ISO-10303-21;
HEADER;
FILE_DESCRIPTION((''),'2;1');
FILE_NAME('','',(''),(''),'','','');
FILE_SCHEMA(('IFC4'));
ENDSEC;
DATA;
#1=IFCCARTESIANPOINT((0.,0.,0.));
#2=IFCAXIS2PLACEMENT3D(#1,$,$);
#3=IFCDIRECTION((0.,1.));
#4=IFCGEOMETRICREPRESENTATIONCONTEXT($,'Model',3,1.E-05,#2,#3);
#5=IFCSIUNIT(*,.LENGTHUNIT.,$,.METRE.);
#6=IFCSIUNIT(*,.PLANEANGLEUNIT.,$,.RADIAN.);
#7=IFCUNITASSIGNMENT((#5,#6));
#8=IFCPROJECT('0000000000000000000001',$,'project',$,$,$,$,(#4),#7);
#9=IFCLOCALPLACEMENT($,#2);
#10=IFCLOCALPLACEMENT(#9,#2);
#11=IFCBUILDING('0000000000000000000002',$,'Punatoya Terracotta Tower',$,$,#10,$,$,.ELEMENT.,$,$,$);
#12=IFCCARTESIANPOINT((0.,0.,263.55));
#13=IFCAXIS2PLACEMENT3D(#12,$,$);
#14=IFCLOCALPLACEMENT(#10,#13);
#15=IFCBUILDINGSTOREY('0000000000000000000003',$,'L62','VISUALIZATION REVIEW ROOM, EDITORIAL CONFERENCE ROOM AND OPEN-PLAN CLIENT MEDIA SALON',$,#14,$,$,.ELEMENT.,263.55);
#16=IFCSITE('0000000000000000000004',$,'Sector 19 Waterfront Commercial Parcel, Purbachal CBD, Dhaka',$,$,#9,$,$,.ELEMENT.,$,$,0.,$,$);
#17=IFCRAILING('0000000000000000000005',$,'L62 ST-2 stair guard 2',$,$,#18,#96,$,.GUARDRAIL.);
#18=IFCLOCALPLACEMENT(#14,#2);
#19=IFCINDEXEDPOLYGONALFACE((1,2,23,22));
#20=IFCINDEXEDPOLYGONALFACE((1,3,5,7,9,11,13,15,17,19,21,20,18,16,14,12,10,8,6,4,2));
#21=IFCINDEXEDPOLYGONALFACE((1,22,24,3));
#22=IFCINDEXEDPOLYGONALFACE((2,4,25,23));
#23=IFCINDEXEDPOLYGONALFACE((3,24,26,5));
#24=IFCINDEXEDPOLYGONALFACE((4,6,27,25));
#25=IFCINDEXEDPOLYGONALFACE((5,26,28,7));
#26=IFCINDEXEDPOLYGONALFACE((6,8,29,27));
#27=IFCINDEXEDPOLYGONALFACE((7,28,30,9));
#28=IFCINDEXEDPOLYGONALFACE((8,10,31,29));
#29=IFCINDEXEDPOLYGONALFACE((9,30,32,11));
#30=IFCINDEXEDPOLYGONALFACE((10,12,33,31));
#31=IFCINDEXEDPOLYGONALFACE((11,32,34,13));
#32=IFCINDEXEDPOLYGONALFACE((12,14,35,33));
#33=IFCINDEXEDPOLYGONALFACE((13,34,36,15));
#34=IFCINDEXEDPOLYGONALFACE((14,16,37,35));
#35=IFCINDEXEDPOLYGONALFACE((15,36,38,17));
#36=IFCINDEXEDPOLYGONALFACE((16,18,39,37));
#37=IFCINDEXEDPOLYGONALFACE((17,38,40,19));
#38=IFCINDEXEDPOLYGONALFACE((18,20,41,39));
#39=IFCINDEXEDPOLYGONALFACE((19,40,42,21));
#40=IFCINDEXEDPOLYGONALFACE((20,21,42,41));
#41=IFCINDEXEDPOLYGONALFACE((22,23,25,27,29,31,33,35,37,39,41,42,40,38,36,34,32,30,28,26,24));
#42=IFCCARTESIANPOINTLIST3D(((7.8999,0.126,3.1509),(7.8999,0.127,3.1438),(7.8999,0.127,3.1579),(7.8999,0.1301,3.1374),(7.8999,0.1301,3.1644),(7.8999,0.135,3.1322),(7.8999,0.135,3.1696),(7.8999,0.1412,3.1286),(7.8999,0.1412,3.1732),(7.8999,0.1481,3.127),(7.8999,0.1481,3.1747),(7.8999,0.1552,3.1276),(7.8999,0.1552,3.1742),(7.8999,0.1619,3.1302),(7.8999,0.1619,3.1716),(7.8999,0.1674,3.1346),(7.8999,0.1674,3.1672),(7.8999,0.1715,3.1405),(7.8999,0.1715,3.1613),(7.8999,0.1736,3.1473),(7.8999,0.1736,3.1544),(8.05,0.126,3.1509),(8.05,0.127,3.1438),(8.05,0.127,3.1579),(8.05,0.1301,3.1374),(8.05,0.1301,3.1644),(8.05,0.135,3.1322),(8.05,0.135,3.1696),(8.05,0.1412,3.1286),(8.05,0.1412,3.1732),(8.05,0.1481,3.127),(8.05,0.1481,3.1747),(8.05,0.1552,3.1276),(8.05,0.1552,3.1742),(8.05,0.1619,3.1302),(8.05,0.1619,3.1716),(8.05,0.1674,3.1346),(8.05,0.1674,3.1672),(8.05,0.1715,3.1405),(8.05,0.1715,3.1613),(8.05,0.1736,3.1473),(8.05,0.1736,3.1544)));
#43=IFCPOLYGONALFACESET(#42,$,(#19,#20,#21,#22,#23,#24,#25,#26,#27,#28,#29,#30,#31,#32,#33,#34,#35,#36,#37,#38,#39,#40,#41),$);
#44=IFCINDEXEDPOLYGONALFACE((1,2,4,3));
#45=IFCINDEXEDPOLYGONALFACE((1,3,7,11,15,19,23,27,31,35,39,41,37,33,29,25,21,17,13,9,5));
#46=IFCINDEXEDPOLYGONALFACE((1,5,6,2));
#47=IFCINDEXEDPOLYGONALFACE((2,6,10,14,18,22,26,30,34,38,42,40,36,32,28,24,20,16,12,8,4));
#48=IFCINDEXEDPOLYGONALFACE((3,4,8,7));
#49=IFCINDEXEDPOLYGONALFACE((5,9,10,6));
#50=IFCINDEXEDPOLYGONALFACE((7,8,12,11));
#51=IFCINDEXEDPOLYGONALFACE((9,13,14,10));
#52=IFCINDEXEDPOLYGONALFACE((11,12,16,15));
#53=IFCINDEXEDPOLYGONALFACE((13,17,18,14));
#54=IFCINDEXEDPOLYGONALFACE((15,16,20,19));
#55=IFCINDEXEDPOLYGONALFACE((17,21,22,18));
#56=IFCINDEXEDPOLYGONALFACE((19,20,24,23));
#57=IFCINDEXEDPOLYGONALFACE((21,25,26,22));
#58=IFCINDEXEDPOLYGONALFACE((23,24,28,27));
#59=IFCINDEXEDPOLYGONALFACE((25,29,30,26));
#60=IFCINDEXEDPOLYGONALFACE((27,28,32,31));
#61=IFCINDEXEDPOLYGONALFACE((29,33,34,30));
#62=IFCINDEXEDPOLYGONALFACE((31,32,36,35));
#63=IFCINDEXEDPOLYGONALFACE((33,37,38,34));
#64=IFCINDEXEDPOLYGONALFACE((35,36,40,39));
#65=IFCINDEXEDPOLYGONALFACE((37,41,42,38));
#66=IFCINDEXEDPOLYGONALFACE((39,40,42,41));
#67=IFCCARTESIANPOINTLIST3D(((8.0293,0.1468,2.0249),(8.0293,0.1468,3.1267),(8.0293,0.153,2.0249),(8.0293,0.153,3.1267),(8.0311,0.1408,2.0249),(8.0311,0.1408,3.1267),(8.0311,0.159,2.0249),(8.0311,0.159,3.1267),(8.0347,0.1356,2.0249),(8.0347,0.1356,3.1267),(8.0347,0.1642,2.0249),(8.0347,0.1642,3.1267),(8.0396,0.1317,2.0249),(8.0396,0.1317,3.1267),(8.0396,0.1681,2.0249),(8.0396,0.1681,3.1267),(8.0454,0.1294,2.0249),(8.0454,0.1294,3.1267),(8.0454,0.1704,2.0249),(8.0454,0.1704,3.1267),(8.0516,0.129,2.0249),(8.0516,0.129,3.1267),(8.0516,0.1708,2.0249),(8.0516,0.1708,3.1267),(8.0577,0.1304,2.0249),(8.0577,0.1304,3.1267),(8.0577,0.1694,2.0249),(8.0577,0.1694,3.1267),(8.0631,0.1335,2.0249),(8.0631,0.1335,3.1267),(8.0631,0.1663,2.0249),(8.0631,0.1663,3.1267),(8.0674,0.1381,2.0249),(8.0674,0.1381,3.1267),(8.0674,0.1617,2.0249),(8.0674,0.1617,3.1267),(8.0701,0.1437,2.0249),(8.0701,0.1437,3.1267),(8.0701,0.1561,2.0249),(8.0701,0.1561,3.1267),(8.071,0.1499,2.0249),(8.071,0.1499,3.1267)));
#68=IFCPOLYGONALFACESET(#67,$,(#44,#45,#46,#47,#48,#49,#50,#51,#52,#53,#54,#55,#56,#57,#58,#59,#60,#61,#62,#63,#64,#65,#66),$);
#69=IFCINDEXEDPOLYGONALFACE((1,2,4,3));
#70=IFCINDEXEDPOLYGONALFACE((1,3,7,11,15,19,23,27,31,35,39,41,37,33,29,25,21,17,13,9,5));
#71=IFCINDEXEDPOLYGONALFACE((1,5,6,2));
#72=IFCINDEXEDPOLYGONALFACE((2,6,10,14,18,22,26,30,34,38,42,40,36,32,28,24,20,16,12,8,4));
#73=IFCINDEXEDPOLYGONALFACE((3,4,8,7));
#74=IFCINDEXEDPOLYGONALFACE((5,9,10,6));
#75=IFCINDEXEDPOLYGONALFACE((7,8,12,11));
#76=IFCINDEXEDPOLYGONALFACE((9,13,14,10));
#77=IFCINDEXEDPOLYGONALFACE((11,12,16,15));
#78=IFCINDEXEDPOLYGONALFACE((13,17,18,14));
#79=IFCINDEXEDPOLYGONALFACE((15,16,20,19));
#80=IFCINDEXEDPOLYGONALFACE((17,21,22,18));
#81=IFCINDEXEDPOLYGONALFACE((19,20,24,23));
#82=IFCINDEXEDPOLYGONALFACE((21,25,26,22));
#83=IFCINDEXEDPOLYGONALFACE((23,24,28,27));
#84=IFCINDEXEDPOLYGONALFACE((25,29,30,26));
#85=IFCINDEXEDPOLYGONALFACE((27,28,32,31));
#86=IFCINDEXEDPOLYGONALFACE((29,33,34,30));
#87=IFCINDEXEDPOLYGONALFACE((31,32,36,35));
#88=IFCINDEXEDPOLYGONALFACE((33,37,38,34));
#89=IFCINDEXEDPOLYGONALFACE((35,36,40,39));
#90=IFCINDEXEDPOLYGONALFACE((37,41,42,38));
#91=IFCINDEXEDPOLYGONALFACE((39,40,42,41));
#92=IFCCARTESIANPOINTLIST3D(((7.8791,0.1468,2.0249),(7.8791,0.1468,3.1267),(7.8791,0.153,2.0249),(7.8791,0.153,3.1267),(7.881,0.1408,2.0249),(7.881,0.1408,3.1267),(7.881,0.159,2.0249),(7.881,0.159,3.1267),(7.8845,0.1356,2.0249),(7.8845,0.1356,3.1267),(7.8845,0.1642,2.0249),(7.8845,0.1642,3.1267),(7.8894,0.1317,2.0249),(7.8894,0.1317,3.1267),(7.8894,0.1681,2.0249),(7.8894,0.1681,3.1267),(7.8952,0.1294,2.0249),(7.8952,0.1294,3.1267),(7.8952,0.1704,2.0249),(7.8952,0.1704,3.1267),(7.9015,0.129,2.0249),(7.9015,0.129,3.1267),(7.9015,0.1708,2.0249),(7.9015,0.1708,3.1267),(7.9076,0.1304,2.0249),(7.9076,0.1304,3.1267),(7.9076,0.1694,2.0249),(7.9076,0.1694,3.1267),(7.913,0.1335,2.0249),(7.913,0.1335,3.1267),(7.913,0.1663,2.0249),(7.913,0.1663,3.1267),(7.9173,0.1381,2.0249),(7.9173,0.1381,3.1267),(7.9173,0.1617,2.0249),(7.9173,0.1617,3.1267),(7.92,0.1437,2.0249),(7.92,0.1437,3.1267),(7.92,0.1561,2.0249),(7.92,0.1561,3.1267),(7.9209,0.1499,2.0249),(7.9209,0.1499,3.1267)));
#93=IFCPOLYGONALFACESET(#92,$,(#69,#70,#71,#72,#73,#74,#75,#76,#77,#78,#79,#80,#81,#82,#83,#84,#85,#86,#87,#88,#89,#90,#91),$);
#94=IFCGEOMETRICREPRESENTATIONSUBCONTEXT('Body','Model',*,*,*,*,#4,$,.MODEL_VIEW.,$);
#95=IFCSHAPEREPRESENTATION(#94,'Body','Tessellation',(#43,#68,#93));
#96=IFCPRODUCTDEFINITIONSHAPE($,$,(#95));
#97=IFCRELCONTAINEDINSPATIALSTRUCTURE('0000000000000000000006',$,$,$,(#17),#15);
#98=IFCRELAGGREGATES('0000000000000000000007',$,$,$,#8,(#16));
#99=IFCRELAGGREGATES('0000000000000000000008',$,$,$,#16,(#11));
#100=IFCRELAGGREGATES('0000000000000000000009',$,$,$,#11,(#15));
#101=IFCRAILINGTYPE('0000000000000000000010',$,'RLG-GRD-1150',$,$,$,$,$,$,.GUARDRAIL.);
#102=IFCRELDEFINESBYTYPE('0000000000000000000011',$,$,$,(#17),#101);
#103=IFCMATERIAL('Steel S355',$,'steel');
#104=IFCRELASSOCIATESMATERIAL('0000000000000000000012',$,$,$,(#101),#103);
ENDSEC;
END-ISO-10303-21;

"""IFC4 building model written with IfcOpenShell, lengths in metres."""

from ifc_helpers import new_model, si_unit, direction, frame, origin, origin_2d, place, context, subcontext, project, spatial, circle, extrude, material, type_object, element, save


model = new_model("IFC4")

# Units and contexts
model_context = context("Model", 3, precision=1e-05, world=origin(), true_north=direction((0.0, 1.0)))
body_context = subcontext(model_context, "Body", "Model", "MODEL_VIEW")
ifc_project = project(units=[si_unit("LENGTHUNIT", "METRE"), si_unit("PLANEANGLEUNIT", "RADIAN")], contexts=[model_context])

# Site, building, storey
site_placement = place(None, origin())
site = spatial("IfcSite", under=ifc_project, at=site_placement, Name="Sector 19 Waterfront Commercial Parcel, Purbachal CBD, Dhaka", CompositionType="ELEMENT", RefElevation=0.0)
building_placement = place(site_placement, origin())
building = spatial("IfcBuilding", under=site, at=building_placement, Name="Punatoya Terracotta Tower", CompositionType="ELEMENT")
storey_placement = place(building_placement, frame((0.0, 0.0, 263.55)))
storey = spatial("IfcBuildingStorey", under=building, at=storey_placement, Name="L62", Description="VISUALIZATION REVIEW ROOM, EDITORIAL CONFERENCE ROOM AND OPEN-PLAN CLIENT MEDIA SALON", CompositionType="ELEMENT", Elevation=263.55)

# Shared definitions
ifc_material_1 = material(Name="Steel S355", Category="steel")

# Railing
railing_type_1 = type_object("IfcRailingType", Name="RLG-GRD-1150", PredefinedType="GUARDRAIL", material=ifc_material_1)
railing_1_placement = place(storey_placement, frame((8.05, 0.1499, 2.0249)))
element("IfcRailing", 1, at=railing_1_placement, inside=storey, type_object=railing_type_1, Name="L62 ST-2 stair guard 2", PredefinedType="GUARDRAIL", context=body_context, shape_type="SweptSolid", body=[
    extrude(circle(Radius=0.0239, at=origin_2d()), frame((0.0, 0.0, 1.126), z_axis=(-1.0, 0.0, 0.0), x_axis=(0.0, -1.0, 0.0)), (0.0, 0.0, 1.0), 0.1501),
    extrude(circle(Radius=0.021, at=origin_2d()), origin(), (0.0, 0.0, 1.0), 1.1018),
    extrude(circle(Radius=0.021, at=origin_2d()), frame((-0.1501, 0.0, 0.0)), (0.0, 0.0, 1.0), 1.1018),
])

save(model, "model.ifc")
